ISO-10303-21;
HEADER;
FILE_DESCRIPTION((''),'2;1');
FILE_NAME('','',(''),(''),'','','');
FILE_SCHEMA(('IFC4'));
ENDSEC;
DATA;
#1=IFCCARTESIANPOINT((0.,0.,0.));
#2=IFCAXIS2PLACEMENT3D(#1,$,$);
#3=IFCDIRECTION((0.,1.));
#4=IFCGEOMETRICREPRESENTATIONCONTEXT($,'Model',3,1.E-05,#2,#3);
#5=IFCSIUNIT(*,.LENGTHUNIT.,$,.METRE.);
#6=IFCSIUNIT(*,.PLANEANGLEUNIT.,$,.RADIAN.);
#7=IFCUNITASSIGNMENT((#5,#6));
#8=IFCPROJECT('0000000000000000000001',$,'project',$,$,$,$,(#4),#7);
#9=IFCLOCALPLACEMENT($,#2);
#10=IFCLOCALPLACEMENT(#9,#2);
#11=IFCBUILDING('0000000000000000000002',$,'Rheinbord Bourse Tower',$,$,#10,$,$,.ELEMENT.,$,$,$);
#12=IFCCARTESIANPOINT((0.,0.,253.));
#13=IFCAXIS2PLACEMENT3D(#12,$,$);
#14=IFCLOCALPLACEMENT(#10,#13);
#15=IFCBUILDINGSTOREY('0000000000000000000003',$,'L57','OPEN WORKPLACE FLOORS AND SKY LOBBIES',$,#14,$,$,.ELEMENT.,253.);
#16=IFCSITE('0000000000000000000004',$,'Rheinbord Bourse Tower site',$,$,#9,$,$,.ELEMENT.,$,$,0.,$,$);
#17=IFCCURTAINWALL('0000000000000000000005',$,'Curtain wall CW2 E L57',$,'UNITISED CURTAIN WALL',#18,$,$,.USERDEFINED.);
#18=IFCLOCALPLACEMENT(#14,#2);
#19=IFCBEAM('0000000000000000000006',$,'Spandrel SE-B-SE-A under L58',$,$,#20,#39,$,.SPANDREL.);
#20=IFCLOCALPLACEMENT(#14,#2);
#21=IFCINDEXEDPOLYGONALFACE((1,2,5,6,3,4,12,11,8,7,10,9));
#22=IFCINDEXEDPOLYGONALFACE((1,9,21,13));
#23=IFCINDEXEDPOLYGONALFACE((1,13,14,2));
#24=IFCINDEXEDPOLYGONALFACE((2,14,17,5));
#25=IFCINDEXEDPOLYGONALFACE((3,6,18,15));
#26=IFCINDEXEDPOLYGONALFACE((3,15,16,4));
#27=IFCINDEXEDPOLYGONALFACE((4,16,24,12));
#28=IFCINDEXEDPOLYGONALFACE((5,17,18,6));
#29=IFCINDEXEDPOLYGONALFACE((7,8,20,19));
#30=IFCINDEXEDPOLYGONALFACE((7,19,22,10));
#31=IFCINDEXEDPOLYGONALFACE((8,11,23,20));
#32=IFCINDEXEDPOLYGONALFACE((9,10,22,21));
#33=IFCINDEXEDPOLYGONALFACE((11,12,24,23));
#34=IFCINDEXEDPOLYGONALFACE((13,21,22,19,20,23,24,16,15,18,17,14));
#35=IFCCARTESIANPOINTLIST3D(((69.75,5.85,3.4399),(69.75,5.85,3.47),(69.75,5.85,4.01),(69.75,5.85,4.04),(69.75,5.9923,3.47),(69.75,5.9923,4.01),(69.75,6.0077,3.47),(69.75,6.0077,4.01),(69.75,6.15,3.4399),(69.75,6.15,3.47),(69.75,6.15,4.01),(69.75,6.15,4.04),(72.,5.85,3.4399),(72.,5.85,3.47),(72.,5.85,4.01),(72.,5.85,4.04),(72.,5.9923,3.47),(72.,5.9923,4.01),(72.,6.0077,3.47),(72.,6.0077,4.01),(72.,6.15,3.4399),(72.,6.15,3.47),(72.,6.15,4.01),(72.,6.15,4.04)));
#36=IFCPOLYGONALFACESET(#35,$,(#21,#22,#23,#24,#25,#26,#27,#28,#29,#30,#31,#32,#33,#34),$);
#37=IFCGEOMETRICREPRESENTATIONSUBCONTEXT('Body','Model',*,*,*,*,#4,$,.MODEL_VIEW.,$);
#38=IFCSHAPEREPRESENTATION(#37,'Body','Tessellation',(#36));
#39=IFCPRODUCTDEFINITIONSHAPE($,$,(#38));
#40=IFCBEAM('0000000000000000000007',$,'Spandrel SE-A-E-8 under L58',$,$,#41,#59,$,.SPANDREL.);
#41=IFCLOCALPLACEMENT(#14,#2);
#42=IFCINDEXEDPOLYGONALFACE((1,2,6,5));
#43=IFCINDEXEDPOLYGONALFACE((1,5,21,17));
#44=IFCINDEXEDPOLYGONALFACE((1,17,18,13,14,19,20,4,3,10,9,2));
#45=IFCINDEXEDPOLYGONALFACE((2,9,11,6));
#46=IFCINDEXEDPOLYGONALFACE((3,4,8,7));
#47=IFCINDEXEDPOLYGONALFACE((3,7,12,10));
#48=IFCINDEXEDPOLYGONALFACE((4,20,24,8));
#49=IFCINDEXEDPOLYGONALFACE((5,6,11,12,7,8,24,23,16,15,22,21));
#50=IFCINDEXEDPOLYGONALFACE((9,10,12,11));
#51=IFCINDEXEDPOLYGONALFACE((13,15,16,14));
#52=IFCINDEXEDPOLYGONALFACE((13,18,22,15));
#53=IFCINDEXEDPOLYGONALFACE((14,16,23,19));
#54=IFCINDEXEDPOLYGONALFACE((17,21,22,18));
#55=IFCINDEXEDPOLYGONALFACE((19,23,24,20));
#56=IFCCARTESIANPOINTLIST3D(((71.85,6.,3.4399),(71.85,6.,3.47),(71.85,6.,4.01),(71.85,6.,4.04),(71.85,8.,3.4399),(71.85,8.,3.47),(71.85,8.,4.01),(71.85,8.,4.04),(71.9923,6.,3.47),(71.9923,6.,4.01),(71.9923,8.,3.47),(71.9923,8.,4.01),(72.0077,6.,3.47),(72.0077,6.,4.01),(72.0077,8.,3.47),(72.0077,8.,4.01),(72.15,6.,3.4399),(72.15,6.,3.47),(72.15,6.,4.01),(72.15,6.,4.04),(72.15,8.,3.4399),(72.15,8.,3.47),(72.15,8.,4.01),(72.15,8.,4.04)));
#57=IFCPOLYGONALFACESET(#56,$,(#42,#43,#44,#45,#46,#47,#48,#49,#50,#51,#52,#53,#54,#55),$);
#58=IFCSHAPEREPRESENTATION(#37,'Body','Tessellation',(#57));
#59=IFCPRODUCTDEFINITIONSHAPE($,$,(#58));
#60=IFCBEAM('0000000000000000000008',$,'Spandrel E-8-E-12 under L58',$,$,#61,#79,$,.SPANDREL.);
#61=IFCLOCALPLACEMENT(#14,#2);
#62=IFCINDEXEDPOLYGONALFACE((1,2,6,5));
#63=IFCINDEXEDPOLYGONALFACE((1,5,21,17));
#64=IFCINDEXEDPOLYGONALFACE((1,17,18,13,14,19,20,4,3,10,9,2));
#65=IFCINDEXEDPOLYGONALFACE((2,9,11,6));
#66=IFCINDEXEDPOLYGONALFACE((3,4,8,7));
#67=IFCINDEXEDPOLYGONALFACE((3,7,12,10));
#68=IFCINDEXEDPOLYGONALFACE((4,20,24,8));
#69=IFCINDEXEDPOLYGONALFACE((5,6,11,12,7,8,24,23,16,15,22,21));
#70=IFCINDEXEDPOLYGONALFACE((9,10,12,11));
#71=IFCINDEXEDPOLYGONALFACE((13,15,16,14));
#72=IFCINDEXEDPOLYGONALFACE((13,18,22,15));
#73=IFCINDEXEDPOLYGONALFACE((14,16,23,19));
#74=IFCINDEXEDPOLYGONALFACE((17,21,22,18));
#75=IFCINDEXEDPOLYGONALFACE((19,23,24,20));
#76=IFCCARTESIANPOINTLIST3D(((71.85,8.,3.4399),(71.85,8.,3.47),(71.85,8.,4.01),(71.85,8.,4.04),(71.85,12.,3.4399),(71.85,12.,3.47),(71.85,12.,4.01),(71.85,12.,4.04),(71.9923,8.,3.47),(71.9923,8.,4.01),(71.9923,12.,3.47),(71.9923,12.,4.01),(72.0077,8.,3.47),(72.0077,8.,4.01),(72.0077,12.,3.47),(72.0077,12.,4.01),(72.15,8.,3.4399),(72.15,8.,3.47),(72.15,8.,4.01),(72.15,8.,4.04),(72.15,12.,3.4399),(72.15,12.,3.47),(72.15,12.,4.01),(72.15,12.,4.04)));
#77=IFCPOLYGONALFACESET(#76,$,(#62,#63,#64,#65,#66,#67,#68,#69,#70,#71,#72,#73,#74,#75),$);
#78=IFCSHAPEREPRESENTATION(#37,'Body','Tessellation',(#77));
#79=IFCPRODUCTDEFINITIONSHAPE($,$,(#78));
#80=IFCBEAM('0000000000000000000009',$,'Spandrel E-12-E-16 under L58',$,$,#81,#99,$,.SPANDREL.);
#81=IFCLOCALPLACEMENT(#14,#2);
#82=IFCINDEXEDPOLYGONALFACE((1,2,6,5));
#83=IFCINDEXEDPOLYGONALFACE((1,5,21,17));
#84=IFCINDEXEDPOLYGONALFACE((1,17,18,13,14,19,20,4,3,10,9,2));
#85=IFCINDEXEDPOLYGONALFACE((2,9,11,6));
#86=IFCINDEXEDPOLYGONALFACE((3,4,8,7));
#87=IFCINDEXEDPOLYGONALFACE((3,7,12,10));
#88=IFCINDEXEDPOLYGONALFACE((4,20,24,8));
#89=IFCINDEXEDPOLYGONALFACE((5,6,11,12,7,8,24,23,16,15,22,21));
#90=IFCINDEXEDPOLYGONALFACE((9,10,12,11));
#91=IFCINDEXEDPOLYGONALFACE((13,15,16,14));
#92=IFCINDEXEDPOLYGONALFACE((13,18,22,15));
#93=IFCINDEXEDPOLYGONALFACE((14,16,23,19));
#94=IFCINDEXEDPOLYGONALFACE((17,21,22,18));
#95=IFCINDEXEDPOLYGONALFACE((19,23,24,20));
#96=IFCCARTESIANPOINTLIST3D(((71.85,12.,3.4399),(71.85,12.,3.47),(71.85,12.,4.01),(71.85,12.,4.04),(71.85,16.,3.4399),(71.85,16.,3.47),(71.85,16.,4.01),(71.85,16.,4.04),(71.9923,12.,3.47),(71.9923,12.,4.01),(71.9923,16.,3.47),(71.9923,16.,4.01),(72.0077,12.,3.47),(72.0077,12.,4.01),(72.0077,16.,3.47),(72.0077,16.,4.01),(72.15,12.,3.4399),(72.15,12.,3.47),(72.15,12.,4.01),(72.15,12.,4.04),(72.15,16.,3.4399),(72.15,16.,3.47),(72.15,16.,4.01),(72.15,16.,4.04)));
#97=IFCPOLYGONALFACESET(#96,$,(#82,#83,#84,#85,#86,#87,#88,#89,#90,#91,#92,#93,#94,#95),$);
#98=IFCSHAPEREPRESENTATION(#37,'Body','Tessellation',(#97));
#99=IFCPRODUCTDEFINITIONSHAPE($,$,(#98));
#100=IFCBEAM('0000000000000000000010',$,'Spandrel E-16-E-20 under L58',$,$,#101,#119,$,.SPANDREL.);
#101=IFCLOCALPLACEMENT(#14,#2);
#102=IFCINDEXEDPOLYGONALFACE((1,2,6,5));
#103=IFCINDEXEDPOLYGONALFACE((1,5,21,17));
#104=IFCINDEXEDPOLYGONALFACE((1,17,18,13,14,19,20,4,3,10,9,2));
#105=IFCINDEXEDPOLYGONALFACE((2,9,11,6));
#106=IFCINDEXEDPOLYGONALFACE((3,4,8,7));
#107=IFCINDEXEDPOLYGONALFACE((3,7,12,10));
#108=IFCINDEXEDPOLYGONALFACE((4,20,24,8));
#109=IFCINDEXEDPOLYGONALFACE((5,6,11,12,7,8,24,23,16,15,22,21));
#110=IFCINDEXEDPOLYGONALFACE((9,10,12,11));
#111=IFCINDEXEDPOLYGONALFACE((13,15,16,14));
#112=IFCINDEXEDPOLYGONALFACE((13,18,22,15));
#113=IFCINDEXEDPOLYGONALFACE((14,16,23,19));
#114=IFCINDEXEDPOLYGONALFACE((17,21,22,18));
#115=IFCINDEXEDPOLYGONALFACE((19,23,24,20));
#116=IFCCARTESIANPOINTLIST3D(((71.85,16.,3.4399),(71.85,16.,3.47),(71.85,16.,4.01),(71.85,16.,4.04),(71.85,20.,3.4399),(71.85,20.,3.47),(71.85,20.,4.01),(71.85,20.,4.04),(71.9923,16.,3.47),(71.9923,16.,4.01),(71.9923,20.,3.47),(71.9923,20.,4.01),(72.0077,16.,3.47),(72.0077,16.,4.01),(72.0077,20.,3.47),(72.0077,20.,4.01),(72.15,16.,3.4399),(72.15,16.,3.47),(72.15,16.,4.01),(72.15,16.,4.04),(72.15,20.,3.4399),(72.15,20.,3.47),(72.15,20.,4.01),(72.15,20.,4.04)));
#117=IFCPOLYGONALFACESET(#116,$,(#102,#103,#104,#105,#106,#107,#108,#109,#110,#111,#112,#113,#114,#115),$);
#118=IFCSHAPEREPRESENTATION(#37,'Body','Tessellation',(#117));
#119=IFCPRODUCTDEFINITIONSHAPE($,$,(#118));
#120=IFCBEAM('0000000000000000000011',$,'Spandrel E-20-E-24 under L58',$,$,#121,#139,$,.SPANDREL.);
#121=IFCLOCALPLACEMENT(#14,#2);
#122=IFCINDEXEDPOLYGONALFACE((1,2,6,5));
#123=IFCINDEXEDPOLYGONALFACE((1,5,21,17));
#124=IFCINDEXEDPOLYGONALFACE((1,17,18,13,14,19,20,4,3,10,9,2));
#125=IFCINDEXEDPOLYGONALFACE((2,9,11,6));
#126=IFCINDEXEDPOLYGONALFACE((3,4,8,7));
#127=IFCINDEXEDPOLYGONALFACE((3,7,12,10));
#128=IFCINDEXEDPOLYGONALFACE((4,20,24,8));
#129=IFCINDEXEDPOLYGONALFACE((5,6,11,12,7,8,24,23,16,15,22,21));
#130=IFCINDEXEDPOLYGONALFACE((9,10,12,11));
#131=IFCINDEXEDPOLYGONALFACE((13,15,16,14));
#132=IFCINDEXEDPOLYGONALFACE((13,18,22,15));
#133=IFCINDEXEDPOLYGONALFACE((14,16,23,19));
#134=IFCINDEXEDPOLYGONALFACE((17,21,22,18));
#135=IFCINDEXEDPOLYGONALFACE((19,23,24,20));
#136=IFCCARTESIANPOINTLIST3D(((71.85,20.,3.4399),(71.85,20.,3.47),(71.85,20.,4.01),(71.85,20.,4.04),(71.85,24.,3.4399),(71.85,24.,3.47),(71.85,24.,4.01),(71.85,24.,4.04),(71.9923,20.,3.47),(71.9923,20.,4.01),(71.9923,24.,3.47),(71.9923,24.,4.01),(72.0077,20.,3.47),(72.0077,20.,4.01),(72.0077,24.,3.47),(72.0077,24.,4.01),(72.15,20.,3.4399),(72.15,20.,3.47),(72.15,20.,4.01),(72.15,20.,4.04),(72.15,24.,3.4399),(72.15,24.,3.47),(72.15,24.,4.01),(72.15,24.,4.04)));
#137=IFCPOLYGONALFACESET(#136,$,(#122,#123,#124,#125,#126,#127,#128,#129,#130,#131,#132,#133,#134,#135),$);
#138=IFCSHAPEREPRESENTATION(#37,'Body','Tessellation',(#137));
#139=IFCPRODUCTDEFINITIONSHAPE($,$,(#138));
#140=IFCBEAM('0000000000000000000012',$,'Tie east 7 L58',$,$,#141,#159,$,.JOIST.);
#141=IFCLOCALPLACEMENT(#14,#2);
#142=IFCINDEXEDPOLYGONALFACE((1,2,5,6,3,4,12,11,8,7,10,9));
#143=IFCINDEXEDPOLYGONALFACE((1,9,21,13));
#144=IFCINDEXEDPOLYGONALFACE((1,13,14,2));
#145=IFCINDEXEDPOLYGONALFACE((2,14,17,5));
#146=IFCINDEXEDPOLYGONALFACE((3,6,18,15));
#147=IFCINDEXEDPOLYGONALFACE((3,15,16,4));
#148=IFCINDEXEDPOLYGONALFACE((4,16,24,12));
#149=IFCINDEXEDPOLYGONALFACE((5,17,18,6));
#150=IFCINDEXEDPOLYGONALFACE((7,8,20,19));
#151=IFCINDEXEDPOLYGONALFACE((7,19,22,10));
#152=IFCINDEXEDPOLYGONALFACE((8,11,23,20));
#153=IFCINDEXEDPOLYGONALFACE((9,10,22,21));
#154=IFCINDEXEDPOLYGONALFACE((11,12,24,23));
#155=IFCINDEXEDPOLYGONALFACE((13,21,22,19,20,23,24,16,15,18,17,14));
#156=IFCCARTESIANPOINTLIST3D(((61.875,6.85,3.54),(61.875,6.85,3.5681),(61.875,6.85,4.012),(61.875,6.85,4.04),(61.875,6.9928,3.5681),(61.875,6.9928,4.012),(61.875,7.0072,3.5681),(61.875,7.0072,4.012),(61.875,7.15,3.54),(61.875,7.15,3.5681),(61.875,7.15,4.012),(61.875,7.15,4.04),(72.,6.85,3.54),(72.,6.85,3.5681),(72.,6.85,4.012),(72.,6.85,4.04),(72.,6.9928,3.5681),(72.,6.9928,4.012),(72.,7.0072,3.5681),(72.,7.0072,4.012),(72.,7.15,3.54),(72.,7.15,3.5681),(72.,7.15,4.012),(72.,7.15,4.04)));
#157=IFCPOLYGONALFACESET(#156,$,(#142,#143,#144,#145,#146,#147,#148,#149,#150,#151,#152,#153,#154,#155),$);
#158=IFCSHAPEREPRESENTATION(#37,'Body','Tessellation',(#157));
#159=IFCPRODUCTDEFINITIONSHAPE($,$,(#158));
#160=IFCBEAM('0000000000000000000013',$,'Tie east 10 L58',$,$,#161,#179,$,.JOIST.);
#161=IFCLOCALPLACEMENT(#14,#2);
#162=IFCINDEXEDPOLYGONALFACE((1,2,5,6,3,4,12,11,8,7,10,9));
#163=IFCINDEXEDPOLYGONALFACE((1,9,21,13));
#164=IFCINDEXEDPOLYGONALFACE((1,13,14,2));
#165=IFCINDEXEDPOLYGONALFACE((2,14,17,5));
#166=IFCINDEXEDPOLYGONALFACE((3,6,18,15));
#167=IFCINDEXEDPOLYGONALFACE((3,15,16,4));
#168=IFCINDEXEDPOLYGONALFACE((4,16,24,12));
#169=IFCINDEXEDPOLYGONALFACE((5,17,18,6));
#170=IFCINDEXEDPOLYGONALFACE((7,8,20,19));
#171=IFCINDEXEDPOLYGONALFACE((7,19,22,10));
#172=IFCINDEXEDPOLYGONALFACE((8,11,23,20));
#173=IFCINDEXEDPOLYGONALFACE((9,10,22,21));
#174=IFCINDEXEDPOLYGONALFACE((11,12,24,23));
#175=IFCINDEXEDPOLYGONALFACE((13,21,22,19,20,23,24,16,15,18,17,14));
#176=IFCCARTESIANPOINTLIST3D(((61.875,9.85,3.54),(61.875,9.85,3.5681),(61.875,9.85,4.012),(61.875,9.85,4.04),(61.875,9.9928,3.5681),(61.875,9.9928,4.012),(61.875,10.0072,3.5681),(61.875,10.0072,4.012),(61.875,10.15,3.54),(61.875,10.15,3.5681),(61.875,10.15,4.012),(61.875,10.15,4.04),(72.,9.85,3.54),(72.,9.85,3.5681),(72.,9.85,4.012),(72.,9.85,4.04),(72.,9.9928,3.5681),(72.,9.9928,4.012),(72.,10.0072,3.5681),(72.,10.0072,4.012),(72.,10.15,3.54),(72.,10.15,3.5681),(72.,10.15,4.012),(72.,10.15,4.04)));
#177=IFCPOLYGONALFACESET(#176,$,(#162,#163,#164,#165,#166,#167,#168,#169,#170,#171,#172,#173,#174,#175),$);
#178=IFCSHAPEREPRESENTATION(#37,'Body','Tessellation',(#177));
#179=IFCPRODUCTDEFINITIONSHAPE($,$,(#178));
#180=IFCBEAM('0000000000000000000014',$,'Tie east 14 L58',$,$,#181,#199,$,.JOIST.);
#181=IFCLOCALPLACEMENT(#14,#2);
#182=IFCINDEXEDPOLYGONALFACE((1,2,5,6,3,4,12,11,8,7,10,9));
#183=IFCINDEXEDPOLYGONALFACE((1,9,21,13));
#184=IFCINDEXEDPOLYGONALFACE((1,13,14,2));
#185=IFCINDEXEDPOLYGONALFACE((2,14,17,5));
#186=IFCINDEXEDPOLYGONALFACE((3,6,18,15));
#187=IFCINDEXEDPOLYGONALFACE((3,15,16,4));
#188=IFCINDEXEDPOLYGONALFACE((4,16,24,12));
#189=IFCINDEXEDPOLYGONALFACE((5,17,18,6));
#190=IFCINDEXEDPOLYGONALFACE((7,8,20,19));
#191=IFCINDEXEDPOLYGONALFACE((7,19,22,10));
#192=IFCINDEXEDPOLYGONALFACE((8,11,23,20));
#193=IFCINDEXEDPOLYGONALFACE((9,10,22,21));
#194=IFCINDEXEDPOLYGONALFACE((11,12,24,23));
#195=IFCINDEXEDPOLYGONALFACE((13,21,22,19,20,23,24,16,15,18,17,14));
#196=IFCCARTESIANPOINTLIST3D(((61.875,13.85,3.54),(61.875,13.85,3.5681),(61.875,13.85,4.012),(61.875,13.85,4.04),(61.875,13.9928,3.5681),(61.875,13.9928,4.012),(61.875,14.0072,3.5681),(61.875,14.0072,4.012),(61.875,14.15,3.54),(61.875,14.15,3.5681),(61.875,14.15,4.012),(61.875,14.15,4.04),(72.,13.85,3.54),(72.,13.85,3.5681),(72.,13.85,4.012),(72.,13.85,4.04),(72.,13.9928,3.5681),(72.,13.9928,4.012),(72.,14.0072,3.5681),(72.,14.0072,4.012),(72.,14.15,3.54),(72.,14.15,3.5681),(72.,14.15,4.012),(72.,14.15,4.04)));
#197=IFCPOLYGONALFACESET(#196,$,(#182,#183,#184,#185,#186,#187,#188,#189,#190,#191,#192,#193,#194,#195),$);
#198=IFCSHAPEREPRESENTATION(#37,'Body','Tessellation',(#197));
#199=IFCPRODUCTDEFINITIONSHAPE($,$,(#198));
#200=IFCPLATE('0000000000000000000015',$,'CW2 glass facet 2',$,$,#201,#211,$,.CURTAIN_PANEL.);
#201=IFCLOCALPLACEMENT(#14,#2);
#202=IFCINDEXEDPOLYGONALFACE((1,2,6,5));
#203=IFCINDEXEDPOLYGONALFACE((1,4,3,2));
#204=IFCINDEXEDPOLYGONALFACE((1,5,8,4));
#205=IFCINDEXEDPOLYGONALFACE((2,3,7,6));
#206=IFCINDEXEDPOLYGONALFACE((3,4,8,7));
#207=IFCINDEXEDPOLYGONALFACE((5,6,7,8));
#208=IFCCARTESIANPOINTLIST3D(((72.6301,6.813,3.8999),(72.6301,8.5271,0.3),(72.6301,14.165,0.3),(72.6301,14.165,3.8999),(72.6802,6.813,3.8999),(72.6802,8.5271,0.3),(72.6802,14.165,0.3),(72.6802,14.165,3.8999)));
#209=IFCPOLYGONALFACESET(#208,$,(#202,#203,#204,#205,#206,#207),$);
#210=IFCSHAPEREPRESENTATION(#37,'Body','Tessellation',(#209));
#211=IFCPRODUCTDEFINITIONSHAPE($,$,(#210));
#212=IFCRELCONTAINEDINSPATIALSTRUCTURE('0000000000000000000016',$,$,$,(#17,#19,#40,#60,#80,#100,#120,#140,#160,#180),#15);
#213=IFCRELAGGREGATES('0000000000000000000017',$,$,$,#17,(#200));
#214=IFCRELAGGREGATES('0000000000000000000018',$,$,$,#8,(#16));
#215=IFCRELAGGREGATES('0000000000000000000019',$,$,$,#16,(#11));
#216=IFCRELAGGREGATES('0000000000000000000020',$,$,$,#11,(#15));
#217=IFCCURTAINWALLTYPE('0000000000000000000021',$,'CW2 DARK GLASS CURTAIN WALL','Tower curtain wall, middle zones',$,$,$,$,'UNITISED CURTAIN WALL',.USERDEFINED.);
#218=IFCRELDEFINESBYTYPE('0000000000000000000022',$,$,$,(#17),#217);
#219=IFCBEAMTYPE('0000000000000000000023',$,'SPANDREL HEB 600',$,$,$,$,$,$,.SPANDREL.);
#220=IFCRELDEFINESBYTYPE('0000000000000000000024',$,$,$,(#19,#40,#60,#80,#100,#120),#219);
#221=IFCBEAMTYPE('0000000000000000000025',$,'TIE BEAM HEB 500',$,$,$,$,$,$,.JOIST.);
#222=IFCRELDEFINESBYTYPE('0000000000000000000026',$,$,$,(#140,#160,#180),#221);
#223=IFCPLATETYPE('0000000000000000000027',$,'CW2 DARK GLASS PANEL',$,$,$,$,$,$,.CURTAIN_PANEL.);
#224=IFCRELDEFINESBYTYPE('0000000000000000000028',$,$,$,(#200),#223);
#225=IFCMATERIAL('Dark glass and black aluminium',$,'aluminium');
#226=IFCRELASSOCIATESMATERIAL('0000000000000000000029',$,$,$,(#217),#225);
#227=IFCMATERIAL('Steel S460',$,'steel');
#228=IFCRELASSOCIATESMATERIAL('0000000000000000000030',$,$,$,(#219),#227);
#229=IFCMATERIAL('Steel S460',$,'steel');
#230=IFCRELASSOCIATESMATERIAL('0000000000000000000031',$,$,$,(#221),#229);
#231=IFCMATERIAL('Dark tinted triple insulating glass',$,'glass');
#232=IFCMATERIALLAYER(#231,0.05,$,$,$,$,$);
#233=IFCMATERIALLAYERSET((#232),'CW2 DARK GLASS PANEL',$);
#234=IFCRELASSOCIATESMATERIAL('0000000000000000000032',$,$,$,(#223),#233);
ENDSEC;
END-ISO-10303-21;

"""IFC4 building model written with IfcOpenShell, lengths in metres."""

from ifc_helpers import new_model, si_unit, direction, frame, origin, origin_2d, place, context, subcontext, project, spatial, polyline, i_section, outline, extrude, material, layer, layer_set, material_profile, profile_set, type_object, element, aggregate, save


model = new_model("IFC4")

# Units and contexts
model_context = context("Model", 3, precision=1e-05, world=origin(), true_north=direction((0.0, 1.0)))
body_context = subcontext(model_context, "Body", "Model", "MODEL_VIEW")
ifc_project = project(units=[si_unit("LENGTHUNIT", "METRE"), si_unit("PLANEANGLEUNIT", "RADIAN")], contexts=[model_context])

# Site, building, storey
site_placement = place(None, origin())
site = spatial("IfcSite", under=ifc_project, at=site_placement, Name="Rheinbord Bourse Tower site", CompositionType="ELEMENT", RefElevation=0.0)
building_placement = place(site_placement, origin())
building = spatial("IfcBuilding", under=site, at=building_placement, Name="Rheinbord Bourse Tower", CompositionType="ELEMENT")
storey_placement = place(building_placement, frame((0.0, 0.0, 253.0)))
storey = spatial("IfcBuildingStorey", under=building, at=storey_placement, Name="L57", Description="OPEN WORKPLACE FLOORS AND SKY LOBBIES", CompositionType="ELEMENT", Elevation=253.0)

# Curtain wall
ifc_material_1 = material(Name="Dark glass and black aluminium", Category="aluminium")
curtain_wall_type = type_object("IfcCurtainWallType", Name="CW2 DARK GLASS CURTAIN WALL", Description="Tower curtain wall, middle zones", ElementType="UNITISED CURTAIN WALL", PredefinedType="USERDEFINED", material=ifc_material_1)
curtain_wall_placement = place(storey_placement, origin())
curtain_wall = element("IfcCurtainWall", 1, at=curtain_wall_placement, inside=storey, type_object=curtain_wall_type, Name="Curtain wall CW2 E L57", ObjectType="UNITISED CURTAIN WALL", PredefinedType="USERDEFINED")

# Beams
ifc_material_2 = material(Name="Steel S460", Category="steel")
ifc_material_profile_1 = material_profile(ifc_material_2, i_section(OverallWidth=0.3, OverallDepth=0.6001, WebThickness=0.0154, FlangeThickness=0.03, at=origin_2d()), Name="HEB 600")
ifc_profile_set_1 = profile_set([ifc_material_profile_1], Name="Steel S460")
beam_type_1 = type_object("IfcBeamType", Name="SPANDREL HEB 600", PredefinedType="SPANDREL", material=ifc_profile_set_1)
beam_1_placement = place(storey_placement, frame((69.75, 6.0, 3.74), z_axis=(1.0, 0.0, 0.0), x_axis=(0.0, 1.0, 0.0)))
element("IfcBeam", 2, at=beam_1_placement, inside=storey, type_object=beam_type_1, Name="Spandrel SE-B-SE-A under L58", PredefinedType="SPANDREL", context=body_context, shape_type="SweptSolid", body=[
    extrude(i_section(OverallWidth=0.3, OverallDepth=0.6001, WebThickness=0.0154, FlangeThickness=0.03, at=origin_2d()), origin(), (0.0, 0.0, 1.0), 2.25),
])
beam_2_placement = place(storey_placement, frame((72.0, 6.0, 3.74), z_axis=(0.0, 1.0, 0.0), x_axis=(-1.0, 0.0, 0.0)))
element("IfcBeam", 3, at=beam_2_placement, inside=storey, type_object=beam_type_1, Name="Spandrel SE-A-E-8 under L58", PredefinedType="SPANDREL", context=body_context, shape_type="SweptSolid", body=[
    extrude(i_section(OverallWidth=0.3, OverallDepth=0.6001, WebThickness=0.0154, FlangeThickness=0.03, at=origin_2d()), origin(), (0.0, 0.0, 1.0), 2.0),
])
for number, where, z_axis, x_axis, name in (
    (4, (72.0, 8.0, 3.74), (0.0, 1.0, 0.0), (-1.0, 0.0, 0.0), "Spandrel E-8-E-12 under L58"),
    (5, (72.0, 12.0, 3.74), (0.0, 1.0, 0.0), (-1.0, 0.0, 0.0), "Spandrel E-12-E-16 under L58"),
    (6, (72.0, 16.0, 3.74), (0.0, 1.0, 0.0), (-1.0, 0.0, 0.0), "Spandrel E-16-E-20 under L58"),
    (7, (72.0, 20.0, 3.74), (0.0, 1.0, 0.0), (-1.0, 0.0, 0.0), "Spandrel E-20-E-24 under L58"),
):
    element("IfcBeam", number, at=place(storey_placement, frame(where, z_axis=z_axis, x_axis=x_axis)), inside=storey, type_object=beam_type_1, Name=name, PredefinedType="SPANDREL", context=body_context, shape_type="SweptSolid", body=[
        extrude(i_section(OverallWidth=0.3, OverallDepth=0.6001, WebThickness=0.0154, FlangeThickness=0.03, at=origin_2d()), origin(), (0.0, 0.0, 1.0), 4.0),
    ])
ifc_material_3 = material(Name="Steel S460", Category="steel")
ifc_material_profile_2 = material_profile(ifc_material_3, i_section(OverallWidth=0.3, OverallDepth=0.5, WebThickness=0.0144, FlangeThickness=0.0281, at=origin_2d()), Name="HEB 500")
ifc_profile_set_2 = profile_set([ifc_material_profile_2], Name="Steel S460")
beam_type_2 = type_object("IfcBeamType", Name="TIE BEAM HEB 500", PredefinedType="JOIST", material=ifc_profile_set_2)
for number, where, z_axis, x_axis, name in (
    (8, (61.875, 7.0, 3.79), (1.0, 0.0, 0.0), (0.0, 1.0, 0.0), "Tie east 7 L58"),
    (9, (61.875, 10.0, 3.79), (1.0, 0.0, 0.0), (0.0, 1.0, 0.0), "Tie east 10 L58"),
    (10, (61.875, 14.0, 3.79), (1.0, 0.0, 0.0), (0.0, 1.0, 0.0), "Tie east 14 L58"),
):
    element("IfcBeam", number, at=place(storey_placement, frame(where, z_axis=z_axis, x_axis=x_axis)), inside=storey, type_object=beam_type_2, Name=name, PredefinedType="JOIST", context=body_context, shape_type="SweptSolid", body=[
        extrude(i_section(OverallWidth=0.3, OverallDepth=0.5, WebThickness=0.0144, FlangeThickness=0.0281, at=origin_2d()), origin(), (0.0, 0.0, 1.0), 10.125),
    ])

# Plate
ifc_material_4 = material(Name="Dark tinted triple insulating glass", Category="glass")
ifc_layer_1 = layer(ifc_material_4, 0.05)
ifc_layer_set_1 = layer_set([ifc_layer_1], Name="CW2 DARK GLASS PANEL")
plate_type = type_object("IfcPlateType", Name="CW2 DARK GLASS PANEL", PredefinedType="CURTAIN_PANEL", material=ifc_layer_set_1)
plate_1_placement = place(storey_placement, frame((72.6802, 14.165, 3.8999), z_axis=(-1.0, 0.0, 0.0), x_axis=(0.0, 0.0, -1.0)))
plate_1 = element("IfcPlate", 11, at=plate_1_placement, type_object=plate_type, Name="CW2 glass facet 2", PredefinedType="CURTAIN_PANEL", context=body_context, shape_type="SweptSolid", body=[
    extrude(outline(polyline([(0.0, 0.0), (3.5999, 0.0), (3.5999, 5.6379), (0.0, 7.3521), (0.0, 0.0)])), origin(), (0.0, 0.0, 1.0), 0.05),
])
aggregate(curtain_wall, [plate_1])

save(model, "model.ifc")
